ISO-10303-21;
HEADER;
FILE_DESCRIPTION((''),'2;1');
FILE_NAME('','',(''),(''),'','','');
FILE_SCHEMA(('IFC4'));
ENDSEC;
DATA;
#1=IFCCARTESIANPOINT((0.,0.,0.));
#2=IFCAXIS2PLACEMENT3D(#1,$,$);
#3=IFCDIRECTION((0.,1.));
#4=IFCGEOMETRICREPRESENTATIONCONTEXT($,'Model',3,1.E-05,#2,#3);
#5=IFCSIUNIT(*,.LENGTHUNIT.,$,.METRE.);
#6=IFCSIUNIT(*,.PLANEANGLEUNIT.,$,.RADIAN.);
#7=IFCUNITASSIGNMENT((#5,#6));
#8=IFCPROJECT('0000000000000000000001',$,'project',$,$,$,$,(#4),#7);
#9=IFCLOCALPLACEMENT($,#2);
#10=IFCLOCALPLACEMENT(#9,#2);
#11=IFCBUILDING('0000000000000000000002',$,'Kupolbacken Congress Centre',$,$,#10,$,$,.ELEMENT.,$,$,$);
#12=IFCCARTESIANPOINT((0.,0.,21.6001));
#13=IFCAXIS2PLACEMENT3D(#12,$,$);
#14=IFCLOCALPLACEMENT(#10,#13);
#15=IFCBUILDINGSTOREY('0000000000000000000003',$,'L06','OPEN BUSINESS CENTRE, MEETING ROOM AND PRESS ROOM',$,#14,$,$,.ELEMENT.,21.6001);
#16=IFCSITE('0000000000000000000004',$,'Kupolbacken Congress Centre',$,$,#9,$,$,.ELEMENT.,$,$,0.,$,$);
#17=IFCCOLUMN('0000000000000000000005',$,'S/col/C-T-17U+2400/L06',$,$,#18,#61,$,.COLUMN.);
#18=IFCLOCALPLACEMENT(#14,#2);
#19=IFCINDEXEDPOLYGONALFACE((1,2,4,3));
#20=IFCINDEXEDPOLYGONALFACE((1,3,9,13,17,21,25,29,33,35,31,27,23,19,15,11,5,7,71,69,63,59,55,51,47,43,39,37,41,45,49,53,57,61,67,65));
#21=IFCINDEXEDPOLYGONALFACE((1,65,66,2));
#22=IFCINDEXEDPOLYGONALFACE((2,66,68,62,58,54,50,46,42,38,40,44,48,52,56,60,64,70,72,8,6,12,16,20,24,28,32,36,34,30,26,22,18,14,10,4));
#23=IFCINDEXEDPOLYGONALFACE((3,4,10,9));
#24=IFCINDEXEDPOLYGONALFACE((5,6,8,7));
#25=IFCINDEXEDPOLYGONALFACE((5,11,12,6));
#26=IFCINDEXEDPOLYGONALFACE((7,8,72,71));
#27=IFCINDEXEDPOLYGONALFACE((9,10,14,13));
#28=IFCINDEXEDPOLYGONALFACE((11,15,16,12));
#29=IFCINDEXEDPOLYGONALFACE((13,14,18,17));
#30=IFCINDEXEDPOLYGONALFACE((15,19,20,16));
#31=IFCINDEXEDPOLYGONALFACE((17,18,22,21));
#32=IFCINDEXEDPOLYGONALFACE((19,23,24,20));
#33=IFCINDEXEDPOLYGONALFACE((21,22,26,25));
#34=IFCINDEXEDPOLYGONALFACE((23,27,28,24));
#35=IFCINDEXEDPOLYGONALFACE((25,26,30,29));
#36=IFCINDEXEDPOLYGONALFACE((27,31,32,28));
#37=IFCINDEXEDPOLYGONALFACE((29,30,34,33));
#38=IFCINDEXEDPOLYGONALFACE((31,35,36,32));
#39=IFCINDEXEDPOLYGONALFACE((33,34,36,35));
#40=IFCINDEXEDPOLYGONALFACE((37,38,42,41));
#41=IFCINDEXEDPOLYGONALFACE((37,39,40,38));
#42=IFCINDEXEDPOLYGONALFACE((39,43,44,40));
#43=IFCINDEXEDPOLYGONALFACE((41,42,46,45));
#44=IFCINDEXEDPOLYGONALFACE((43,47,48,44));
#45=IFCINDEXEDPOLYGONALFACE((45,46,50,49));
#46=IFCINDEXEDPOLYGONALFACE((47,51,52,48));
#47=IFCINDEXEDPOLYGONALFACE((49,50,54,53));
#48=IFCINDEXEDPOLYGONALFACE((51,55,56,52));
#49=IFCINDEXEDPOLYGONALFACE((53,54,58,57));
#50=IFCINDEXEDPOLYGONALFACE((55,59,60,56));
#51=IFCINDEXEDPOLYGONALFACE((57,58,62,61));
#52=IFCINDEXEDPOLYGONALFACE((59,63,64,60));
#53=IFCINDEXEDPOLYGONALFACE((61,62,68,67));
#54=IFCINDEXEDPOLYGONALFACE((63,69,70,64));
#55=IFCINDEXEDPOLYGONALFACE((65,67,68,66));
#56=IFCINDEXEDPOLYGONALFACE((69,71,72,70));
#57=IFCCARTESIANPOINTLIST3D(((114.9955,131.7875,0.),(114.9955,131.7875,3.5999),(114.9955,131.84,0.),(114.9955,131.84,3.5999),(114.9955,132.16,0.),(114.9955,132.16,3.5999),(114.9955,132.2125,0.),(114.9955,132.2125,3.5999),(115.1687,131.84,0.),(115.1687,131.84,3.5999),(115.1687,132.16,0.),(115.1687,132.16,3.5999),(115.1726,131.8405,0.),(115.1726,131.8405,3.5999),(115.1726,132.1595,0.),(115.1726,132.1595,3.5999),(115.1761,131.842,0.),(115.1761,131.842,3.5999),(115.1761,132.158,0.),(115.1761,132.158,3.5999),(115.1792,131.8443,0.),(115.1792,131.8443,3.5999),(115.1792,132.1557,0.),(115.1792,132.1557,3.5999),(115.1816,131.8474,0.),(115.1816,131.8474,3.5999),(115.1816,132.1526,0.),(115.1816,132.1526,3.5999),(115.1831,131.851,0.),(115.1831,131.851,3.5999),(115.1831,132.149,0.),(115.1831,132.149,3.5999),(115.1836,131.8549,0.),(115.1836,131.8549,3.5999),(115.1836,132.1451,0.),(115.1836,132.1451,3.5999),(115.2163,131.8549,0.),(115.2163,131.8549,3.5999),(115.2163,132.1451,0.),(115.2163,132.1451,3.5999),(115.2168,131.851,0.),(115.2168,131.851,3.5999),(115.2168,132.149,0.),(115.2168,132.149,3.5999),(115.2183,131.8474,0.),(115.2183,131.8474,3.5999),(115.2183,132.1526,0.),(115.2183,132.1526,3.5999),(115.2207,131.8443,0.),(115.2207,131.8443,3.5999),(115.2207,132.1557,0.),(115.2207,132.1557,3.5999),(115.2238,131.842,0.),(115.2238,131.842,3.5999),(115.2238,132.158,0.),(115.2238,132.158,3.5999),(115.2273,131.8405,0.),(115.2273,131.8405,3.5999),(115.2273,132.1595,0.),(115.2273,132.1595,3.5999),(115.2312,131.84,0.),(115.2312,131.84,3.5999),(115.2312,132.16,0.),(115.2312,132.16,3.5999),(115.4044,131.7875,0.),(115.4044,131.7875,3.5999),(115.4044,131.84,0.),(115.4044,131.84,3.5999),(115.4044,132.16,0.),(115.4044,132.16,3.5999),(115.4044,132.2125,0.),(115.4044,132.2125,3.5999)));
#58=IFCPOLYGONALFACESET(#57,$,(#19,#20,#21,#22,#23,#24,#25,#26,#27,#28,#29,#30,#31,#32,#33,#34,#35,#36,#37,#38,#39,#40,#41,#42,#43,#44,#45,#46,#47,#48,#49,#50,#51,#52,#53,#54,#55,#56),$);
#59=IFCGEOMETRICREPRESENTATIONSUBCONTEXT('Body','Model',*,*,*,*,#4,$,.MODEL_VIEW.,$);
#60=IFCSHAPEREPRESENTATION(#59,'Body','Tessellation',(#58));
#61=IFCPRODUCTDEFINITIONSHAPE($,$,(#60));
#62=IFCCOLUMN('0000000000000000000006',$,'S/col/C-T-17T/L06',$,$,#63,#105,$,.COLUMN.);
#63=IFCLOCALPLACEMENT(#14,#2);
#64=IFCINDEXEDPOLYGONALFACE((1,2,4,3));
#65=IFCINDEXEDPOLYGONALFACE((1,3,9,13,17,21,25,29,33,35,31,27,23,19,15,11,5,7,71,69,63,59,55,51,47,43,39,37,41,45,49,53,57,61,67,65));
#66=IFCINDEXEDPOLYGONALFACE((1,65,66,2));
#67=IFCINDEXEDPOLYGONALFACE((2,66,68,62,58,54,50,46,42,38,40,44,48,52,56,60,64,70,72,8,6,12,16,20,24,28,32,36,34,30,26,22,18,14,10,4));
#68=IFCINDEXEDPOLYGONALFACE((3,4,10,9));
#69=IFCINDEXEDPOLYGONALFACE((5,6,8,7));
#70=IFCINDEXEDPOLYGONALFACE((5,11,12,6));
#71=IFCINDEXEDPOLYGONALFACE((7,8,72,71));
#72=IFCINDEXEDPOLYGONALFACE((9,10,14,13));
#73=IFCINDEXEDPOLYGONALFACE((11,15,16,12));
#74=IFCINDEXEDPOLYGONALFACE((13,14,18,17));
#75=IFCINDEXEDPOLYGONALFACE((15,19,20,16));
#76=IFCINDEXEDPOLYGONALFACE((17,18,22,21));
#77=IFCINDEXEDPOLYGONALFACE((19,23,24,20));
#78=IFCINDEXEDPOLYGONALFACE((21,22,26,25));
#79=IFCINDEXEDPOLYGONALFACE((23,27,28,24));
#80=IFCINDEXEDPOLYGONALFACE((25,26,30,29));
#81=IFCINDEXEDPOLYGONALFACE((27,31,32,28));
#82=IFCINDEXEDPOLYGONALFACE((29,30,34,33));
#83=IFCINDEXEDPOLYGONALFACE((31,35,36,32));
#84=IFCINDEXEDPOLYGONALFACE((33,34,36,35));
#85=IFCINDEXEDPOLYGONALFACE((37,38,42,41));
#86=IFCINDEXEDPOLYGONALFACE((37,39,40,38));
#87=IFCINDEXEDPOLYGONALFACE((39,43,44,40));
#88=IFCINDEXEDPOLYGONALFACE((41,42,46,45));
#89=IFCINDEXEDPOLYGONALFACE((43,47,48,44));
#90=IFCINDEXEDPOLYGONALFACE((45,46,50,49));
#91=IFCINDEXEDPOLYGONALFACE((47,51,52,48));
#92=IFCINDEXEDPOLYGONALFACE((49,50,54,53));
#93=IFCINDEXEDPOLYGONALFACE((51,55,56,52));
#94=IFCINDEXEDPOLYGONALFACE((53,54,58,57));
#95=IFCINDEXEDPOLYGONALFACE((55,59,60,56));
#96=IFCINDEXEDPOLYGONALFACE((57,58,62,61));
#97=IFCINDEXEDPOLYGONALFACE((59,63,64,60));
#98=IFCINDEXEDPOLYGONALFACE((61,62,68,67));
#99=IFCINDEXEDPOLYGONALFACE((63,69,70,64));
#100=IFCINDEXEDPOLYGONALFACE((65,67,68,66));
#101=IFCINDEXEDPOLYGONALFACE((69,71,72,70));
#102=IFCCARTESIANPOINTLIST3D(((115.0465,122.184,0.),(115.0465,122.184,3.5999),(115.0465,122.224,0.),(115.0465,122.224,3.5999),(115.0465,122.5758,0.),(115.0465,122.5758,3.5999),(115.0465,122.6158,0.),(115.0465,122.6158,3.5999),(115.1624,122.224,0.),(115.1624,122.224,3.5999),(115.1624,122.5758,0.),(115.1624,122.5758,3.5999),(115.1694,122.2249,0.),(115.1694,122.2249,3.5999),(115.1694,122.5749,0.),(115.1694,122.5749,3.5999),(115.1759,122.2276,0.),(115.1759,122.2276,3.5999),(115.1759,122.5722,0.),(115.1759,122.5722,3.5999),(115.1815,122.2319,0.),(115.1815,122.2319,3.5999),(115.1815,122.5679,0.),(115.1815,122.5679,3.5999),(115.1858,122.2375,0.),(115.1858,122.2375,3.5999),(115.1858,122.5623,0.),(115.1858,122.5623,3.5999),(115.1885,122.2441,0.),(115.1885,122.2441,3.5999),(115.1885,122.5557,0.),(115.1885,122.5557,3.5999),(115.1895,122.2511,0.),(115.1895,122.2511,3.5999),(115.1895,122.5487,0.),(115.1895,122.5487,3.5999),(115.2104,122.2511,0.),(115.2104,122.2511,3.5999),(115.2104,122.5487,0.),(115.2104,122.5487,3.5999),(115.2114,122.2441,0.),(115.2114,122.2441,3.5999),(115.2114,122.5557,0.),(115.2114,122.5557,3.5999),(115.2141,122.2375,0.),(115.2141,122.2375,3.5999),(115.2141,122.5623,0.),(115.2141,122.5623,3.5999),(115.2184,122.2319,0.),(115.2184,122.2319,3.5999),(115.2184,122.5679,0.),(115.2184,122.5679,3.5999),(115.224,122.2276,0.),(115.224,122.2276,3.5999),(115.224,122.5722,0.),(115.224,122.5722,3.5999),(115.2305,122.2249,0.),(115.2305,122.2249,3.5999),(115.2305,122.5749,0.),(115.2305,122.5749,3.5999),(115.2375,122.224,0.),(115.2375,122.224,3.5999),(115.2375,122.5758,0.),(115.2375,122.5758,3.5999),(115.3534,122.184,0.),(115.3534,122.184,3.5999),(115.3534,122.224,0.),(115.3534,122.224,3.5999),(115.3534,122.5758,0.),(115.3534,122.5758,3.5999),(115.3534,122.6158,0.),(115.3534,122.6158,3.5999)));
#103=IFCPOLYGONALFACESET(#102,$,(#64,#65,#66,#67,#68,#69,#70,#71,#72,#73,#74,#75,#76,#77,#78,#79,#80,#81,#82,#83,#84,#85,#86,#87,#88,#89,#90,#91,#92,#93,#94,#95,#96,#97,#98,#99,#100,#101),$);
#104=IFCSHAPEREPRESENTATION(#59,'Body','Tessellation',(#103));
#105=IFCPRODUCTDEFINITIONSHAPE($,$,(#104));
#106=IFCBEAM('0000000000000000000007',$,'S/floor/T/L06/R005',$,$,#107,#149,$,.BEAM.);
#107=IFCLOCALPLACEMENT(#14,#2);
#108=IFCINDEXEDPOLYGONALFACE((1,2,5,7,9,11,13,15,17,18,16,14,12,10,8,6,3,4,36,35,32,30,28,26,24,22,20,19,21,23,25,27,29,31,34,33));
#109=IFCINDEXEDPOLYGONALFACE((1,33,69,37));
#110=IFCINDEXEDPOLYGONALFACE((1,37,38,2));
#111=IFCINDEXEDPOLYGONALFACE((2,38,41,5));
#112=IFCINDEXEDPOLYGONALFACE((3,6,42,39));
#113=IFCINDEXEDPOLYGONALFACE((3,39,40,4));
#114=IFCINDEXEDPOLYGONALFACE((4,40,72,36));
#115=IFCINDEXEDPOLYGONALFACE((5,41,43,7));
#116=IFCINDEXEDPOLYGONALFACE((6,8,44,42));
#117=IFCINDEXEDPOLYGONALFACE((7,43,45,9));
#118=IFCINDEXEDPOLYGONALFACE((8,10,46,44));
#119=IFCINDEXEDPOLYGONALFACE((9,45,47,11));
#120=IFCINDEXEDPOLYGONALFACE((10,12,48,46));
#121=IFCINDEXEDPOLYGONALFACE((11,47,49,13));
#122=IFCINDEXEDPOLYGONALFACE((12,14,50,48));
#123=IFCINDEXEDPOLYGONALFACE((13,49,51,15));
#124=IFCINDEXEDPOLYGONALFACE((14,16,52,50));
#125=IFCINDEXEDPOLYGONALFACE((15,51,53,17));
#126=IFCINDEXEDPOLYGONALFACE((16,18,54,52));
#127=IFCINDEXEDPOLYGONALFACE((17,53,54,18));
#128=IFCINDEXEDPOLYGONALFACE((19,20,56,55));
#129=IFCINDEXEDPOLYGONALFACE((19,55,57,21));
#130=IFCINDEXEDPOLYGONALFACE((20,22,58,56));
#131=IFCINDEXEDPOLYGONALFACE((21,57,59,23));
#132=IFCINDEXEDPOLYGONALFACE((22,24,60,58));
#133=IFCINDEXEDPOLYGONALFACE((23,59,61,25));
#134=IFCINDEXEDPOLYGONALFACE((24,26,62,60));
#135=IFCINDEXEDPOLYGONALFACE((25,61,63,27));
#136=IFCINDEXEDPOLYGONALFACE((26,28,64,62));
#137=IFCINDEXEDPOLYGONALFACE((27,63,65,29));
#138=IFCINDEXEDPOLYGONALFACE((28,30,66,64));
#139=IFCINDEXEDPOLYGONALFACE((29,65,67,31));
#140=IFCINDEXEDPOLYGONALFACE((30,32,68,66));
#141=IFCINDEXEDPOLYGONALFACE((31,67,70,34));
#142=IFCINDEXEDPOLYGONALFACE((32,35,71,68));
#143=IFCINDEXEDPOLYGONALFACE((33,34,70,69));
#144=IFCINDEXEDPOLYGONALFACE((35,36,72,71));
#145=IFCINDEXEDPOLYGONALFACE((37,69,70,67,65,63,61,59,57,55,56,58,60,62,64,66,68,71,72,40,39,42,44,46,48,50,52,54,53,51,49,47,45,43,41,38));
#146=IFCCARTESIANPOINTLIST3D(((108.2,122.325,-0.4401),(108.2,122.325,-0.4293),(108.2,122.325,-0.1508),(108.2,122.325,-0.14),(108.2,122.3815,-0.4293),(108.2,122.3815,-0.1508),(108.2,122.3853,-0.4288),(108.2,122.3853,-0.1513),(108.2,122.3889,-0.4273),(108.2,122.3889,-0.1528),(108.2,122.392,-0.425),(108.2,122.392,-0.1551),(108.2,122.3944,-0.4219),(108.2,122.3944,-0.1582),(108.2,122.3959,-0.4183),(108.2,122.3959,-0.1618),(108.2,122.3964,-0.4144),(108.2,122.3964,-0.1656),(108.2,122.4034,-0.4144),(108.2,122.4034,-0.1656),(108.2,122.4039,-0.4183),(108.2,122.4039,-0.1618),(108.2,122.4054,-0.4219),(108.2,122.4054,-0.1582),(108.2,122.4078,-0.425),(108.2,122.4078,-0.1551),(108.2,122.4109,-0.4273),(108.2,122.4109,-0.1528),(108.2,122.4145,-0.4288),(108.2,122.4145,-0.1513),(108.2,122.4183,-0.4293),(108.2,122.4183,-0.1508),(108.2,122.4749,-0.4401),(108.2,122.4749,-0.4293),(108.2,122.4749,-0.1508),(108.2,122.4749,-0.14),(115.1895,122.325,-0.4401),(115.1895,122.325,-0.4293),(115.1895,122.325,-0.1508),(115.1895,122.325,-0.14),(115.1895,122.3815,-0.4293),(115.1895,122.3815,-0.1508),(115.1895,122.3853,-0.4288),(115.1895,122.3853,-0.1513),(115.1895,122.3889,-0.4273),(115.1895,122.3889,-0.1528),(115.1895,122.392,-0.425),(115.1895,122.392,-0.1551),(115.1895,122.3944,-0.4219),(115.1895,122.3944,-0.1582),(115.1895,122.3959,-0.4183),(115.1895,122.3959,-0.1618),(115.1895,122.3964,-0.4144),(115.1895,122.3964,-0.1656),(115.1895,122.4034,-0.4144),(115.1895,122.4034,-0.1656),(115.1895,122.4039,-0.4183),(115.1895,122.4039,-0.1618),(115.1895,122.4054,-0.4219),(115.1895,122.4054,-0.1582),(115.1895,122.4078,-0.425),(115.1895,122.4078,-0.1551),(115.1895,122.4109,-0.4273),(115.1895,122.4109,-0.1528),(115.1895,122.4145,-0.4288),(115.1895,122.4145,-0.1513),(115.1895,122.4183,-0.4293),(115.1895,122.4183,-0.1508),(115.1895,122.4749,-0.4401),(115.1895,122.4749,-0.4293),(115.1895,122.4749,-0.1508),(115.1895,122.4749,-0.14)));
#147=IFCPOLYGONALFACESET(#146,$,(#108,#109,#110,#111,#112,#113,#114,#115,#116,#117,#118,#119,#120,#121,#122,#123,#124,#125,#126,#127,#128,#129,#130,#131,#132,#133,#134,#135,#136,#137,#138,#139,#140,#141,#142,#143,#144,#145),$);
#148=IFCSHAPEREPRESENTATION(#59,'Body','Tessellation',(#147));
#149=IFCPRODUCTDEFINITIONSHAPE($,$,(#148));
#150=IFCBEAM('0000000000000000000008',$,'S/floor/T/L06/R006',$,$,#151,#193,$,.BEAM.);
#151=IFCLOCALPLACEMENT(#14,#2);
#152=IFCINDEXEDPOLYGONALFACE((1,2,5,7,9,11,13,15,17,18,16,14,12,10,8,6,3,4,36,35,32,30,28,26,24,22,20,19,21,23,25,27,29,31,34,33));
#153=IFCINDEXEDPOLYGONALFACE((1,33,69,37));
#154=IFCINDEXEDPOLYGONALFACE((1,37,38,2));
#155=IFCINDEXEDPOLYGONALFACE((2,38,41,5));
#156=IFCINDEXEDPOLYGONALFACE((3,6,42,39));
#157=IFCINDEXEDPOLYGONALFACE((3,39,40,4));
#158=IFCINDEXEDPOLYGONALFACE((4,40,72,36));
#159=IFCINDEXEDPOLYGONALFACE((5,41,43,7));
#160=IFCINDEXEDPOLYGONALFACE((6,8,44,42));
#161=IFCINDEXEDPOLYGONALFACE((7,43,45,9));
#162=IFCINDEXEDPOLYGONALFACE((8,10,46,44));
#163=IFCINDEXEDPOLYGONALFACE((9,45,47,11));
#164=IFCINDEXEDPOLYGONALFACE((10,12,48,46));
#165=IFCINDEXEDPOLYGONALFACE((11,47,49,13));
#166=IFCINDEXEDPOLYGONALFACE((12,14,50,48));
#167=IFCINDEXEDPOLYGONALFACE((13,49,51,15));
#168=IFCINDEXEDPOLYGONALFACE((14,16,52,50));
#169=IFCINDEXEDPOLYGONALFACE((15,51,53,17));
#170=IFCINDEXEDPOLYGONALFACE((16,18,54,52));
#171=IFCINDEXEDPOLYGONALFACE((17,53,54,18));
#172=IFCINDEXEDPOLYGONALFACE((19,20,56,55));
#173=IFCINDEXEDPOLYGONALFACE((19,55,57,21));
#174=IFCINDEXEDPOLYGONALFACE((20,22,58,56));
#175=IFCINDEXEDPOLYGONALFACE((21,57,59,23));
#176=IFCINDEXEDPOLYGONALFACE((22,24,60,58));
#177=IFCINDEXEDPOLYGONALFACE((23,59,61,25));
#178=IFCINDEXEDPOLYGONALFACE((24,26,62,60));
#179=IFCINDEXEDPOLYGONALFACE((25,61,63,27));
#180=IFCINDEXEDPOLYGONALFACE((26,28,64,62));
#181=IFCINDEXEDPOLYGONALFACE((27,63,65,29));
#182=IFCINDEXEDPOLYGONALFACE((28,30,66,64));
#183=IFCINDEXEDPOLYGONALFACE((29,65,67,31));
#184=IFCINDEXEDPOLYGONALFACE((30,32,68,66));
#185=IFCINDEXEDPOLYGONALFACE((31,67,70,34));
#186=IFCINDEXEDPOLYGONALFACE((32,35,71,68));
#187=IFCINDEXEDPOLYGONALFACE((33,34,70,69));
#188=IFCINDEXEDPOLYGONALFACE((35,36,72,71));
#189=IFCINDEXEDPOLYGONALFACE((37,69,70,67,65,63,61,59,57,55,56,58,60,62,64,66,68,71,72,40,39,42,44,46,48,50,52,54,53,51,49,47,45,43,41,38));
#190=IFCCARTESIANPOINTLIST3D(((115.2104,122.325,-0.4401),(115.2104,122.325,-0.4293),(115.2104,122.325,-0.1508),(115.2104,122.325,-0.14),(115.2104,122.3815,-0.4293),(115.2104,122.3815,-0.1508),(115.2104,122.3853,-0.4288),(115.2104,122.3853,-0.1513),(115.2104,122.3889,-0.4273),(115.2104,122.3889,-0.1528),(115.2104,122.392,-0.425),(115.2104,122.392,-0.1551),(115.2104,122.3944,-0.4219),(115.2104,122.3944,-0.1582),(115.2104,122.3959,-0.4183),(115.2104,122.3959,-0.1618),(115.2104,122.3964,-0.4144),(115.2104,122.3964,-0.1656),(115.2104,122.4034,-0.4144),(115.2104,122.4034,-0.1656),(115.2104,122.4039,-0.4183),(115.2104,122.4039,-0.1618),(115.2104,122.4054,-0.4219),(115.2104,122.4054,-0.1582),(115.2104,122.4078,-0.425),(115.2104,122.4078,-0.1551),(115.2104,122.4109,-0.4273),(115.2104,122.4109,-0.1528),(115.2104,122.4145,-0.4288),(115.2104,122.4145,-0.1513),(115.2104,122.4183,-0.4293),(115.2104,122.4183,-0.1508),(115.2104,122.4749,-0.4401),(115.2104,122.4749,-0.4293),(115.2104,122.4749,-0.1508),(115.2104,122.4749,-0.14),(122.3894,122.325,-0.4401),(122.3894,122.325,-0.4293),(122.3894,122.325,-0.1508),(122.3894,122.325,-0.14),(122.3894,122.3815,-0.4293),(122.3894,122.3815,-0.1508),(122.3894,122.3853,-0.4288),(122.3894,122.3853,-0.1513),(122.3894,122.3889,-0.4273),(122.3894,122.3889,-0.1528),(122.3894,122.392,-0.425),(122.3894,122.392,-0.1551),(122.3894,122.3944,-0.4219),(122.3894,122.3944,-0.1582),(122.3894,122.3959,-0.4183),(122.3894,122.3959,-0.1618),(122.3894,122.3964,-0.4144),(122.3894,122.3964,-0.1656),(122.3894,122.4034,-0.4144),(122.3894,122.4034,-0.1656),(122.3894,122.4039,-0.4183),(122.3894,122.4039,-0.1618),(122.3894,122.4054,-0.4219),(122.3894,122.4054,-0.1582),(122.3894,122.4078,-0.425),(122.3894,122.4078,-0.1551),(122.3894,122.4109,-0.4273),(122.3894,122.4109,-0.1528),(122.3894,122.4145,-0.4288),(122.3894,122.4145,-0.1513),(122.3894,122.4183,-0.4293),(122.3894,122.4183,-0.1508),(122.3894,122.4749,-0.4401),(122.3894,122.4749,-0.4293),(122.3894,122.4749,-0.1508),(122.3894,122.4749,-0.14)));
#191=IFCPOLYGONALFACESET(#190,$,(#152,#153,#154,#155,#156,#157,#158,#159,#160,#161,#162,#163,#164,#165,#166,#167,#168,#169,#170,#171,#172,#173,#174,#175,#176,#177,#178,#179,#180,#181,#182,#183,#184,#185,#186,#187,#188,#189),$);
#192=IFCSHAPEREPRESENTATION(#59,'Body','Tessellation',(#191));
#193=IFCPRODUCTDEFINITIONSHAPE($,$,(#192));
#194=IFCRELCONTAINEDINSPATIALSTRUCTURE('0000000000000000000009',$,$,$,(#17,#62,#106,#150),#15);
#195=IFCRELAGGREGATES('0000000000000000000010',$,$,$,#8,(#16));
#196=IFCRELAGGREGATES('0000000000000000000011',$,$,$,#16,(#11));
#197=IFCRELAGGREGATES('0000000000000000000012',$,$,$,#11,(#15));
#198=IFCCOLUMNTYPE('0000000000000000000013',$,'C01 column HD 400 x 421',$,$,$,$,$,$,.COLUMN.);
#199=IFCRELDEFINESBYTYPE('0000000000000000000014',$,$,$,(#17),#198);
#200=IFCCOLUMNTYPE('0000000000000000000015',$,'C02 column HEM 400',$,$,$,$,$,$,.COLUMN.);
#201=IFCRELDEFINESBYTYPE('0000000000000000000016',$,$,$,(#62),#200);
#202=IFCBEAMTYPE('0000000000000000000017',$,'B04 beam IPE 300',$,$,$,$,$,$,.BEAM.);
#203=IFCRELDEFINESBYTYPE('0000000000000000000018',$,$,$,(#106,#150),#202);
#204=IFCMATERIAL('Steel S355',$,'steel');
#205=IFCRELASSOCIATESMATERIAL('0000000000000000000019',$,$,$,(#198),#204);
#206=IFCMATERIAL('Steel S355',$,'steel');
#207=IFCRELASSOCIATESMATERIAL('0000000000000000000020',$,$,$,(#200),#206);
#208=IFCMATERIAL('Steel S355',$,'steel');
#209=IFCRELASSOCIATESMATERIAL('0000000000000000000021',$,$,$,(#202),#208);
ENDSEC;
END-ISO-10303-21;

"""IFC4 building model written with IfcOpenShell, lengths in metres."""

from ifc_helpers import new_model, si_unit, direction, frame, origin, origin_2d, place, context, subcontext, project, spatial, i_section, extrude, material, material_profile, profile_set, type_object, element, save


model = new_model("IFC4")

# Units and contexts
model_context = context("Model", 3, precision=1e-05, world=origin(), true_north=direction((0.0, 1.0)))
body_context = subcontext(model_context, "Body", "Model", "MODEL_VIEW")
ifc_project = project(units=[si_unit("LENGTHUNIT", "METRE"), si_unit("PLANEANGLEUNIT", "RADIAN")], contexts=[model_context])

# Site, building, storey
site_placement = place(None, origin())
site = spatial("IfcSite", under=ifc_project, at=site_placement, Name="Kupolbacken Congress Centre", CompositionType="ELEMENT", RefElevation=0.0)
building_placement = place(site_placement, origin())
building = spatial("IfcBuilding", under=site, at=building_placement, Name="Kupolbacken Congress Centre", CompositionType="ELEMENT")
storey_placement = place(building_placement, frame((0.0, 0.0, 21.6001)))
storey = spatial("IfcBuildingStorey", under=building, at=storey_placement, Name="L06", Description="OPEN BUSINESS CENTRE, MEETING ROOM AND PRESS ROOM", CompositionType="ELEMENT", Elevation=21.6001)

# Columns
ifc_material_1 = material(Name="Steel S355", Category="steel")
ifc_material_profile_1 = material_profile(ifc_material_1, i_section(OverallWidth=0.4089, OverallDepth=0.425, WebThickness=0.0327, FlangeThickness=0.0525, FilletRadius=0.0149, at=origin_2d()), Name="HD 400 x 421")
ifc_profile_set_1 = profile_set([ifc_material_profile_1], Name="Steel S355")
column_type_1 = type_object("IfcColumnType", Name="C01 column HD 400 x 421", PredefinedType="COLUMN", material=ifc_profile_set_1)
column_1_placement = place(storey_placement, frame((115.2, 132.0, 0.0), z_axis=(0.0, 0.0, 1.0), x_axis=(1.0, 0.0, 0.0)))
element("IfcColumn", 1, at=column_1_placement, inside=storey, type_object=column_type_1, Name="S/col/C-T-17U+2400/L06", PredefinedType="COLUMN", context=body_context, shape_type="SweptSolid", body=[
    extrude(i_section(OverallWidth=0.4089, OverallDepth=0.425, WebThickness=0.0327, FlangeThickness=0.0525, FilletRadius=0.0149, at=origin_2d()), origin(), (0.0, 0.0, 1.0), 3.5999),
])
ifc_material_2 = material(Name="Steel S355", Category="steel")
ifc_material_profile_2 = material_profile(ifc_material_2, i_section(OverallWidth=0.3069, OverallDepth=0.4319, WebThickness=0.021, FlangeThickness=0.04, FilletRadius=0.0271, at=origin_2d()), Name="HEM 400")
ifc_profile_set_2 = profile_set([ifc_material_profile_2], Name="Steel S355")
column_type_2 = type_object("IfcColumnType", Name="C02 column HEM 400", PredefinedType="COLUMN", material=ifc_profile_set_2)
column_2_placement = place(storey_placement, frame((115.2, 122.3999, 0.0), z_axis=(0.0, 0.0, 1.0), x_axis=(1.0, 0.0, 0.0)))
element("IfcColumn", 2, at=column_2_placement, inside=storey, type_object=column_type_2, Name="S/col/C-T-17T/L06", PredefinedType="COLUMN", context=body_context, shape_type="SweptSolid", body=[
    extrude(i_section(OverallWidth=0.3069, OverallDepth=0.4319, WebThickness=0.021, FlangeThickness=0.04, FilletRadius=0.0271, at=origin_2d()), origin(), (0.0, 0.0, 1.0), 3.5999),
])

# Beams
ifc_material_3 = material(Name="Steel S355", Category="steel")
ifc_material_profile_3 = material_profile(ifc_material_3, i_section(OverallWidth=0.1499, OverallDepth=0.3, WebThickness=0.0071, FlangeThickness=0.0107, FilletRadius=0.0149, at=origin_2d()), Name="IPE 300")
ifc_profile_set_3 = profile_set([ifc_material_profile_3], Name="Steel S355")
beam_type_1 = type_object("IfcBeamType", Name="B04 beam IPE 300", PredefinedType="BEAM", material=ifc_profile_set_3)
beam_1_placement = place(storey_placement, frame((108.2, 122.3999, -0.29), z_axis=(1.0, 0.0, 0.0), x_axis=(0.0, 1.0, 0.0)))
element("IfcBeam", 3, at=beam_1_placement, inside=storey, type_object=beam_type_1, Name="S/floor/T/L06/R005", PredefinedType="BEAM", context=body_context, shape_type="SweptSolid", body=[
    extrude(i_section(OverallWidth=0.1499, OverallDepth=0.3, WebThickness=0.0071, FlangeThickness=0.0107, FilletRadius=0.0149, at=origin_2d()), origin(), (0.0, 0.0, 1.0), 6.9895),
])
beam_2_placement = place(storey_placement, frame((115.2104, 122.3999, -0.29), z_axis=(1.0, 0.0, 0.0), x_axis=(0.0, 1.0, 0.0)))
element("IfcBeam", 4, at=beam_2_placement, inside=storey, type_object=beam_type_1, Name="S/floor/T/L06/R006", PredefinedType="BEAM", context=body_context, shape_type="SweptSolid", body=[
    extrude(i_section(OverallWidth=0.1499, OverallDepth=0.3, WebThickness=0.0071, FlangeThickness=0.0107, FilletRadius=0.0149, at=origin_2d()), origin(), (0.0, 0.0, 1.0), 7.179),
])

save(model, "model.ifc")
